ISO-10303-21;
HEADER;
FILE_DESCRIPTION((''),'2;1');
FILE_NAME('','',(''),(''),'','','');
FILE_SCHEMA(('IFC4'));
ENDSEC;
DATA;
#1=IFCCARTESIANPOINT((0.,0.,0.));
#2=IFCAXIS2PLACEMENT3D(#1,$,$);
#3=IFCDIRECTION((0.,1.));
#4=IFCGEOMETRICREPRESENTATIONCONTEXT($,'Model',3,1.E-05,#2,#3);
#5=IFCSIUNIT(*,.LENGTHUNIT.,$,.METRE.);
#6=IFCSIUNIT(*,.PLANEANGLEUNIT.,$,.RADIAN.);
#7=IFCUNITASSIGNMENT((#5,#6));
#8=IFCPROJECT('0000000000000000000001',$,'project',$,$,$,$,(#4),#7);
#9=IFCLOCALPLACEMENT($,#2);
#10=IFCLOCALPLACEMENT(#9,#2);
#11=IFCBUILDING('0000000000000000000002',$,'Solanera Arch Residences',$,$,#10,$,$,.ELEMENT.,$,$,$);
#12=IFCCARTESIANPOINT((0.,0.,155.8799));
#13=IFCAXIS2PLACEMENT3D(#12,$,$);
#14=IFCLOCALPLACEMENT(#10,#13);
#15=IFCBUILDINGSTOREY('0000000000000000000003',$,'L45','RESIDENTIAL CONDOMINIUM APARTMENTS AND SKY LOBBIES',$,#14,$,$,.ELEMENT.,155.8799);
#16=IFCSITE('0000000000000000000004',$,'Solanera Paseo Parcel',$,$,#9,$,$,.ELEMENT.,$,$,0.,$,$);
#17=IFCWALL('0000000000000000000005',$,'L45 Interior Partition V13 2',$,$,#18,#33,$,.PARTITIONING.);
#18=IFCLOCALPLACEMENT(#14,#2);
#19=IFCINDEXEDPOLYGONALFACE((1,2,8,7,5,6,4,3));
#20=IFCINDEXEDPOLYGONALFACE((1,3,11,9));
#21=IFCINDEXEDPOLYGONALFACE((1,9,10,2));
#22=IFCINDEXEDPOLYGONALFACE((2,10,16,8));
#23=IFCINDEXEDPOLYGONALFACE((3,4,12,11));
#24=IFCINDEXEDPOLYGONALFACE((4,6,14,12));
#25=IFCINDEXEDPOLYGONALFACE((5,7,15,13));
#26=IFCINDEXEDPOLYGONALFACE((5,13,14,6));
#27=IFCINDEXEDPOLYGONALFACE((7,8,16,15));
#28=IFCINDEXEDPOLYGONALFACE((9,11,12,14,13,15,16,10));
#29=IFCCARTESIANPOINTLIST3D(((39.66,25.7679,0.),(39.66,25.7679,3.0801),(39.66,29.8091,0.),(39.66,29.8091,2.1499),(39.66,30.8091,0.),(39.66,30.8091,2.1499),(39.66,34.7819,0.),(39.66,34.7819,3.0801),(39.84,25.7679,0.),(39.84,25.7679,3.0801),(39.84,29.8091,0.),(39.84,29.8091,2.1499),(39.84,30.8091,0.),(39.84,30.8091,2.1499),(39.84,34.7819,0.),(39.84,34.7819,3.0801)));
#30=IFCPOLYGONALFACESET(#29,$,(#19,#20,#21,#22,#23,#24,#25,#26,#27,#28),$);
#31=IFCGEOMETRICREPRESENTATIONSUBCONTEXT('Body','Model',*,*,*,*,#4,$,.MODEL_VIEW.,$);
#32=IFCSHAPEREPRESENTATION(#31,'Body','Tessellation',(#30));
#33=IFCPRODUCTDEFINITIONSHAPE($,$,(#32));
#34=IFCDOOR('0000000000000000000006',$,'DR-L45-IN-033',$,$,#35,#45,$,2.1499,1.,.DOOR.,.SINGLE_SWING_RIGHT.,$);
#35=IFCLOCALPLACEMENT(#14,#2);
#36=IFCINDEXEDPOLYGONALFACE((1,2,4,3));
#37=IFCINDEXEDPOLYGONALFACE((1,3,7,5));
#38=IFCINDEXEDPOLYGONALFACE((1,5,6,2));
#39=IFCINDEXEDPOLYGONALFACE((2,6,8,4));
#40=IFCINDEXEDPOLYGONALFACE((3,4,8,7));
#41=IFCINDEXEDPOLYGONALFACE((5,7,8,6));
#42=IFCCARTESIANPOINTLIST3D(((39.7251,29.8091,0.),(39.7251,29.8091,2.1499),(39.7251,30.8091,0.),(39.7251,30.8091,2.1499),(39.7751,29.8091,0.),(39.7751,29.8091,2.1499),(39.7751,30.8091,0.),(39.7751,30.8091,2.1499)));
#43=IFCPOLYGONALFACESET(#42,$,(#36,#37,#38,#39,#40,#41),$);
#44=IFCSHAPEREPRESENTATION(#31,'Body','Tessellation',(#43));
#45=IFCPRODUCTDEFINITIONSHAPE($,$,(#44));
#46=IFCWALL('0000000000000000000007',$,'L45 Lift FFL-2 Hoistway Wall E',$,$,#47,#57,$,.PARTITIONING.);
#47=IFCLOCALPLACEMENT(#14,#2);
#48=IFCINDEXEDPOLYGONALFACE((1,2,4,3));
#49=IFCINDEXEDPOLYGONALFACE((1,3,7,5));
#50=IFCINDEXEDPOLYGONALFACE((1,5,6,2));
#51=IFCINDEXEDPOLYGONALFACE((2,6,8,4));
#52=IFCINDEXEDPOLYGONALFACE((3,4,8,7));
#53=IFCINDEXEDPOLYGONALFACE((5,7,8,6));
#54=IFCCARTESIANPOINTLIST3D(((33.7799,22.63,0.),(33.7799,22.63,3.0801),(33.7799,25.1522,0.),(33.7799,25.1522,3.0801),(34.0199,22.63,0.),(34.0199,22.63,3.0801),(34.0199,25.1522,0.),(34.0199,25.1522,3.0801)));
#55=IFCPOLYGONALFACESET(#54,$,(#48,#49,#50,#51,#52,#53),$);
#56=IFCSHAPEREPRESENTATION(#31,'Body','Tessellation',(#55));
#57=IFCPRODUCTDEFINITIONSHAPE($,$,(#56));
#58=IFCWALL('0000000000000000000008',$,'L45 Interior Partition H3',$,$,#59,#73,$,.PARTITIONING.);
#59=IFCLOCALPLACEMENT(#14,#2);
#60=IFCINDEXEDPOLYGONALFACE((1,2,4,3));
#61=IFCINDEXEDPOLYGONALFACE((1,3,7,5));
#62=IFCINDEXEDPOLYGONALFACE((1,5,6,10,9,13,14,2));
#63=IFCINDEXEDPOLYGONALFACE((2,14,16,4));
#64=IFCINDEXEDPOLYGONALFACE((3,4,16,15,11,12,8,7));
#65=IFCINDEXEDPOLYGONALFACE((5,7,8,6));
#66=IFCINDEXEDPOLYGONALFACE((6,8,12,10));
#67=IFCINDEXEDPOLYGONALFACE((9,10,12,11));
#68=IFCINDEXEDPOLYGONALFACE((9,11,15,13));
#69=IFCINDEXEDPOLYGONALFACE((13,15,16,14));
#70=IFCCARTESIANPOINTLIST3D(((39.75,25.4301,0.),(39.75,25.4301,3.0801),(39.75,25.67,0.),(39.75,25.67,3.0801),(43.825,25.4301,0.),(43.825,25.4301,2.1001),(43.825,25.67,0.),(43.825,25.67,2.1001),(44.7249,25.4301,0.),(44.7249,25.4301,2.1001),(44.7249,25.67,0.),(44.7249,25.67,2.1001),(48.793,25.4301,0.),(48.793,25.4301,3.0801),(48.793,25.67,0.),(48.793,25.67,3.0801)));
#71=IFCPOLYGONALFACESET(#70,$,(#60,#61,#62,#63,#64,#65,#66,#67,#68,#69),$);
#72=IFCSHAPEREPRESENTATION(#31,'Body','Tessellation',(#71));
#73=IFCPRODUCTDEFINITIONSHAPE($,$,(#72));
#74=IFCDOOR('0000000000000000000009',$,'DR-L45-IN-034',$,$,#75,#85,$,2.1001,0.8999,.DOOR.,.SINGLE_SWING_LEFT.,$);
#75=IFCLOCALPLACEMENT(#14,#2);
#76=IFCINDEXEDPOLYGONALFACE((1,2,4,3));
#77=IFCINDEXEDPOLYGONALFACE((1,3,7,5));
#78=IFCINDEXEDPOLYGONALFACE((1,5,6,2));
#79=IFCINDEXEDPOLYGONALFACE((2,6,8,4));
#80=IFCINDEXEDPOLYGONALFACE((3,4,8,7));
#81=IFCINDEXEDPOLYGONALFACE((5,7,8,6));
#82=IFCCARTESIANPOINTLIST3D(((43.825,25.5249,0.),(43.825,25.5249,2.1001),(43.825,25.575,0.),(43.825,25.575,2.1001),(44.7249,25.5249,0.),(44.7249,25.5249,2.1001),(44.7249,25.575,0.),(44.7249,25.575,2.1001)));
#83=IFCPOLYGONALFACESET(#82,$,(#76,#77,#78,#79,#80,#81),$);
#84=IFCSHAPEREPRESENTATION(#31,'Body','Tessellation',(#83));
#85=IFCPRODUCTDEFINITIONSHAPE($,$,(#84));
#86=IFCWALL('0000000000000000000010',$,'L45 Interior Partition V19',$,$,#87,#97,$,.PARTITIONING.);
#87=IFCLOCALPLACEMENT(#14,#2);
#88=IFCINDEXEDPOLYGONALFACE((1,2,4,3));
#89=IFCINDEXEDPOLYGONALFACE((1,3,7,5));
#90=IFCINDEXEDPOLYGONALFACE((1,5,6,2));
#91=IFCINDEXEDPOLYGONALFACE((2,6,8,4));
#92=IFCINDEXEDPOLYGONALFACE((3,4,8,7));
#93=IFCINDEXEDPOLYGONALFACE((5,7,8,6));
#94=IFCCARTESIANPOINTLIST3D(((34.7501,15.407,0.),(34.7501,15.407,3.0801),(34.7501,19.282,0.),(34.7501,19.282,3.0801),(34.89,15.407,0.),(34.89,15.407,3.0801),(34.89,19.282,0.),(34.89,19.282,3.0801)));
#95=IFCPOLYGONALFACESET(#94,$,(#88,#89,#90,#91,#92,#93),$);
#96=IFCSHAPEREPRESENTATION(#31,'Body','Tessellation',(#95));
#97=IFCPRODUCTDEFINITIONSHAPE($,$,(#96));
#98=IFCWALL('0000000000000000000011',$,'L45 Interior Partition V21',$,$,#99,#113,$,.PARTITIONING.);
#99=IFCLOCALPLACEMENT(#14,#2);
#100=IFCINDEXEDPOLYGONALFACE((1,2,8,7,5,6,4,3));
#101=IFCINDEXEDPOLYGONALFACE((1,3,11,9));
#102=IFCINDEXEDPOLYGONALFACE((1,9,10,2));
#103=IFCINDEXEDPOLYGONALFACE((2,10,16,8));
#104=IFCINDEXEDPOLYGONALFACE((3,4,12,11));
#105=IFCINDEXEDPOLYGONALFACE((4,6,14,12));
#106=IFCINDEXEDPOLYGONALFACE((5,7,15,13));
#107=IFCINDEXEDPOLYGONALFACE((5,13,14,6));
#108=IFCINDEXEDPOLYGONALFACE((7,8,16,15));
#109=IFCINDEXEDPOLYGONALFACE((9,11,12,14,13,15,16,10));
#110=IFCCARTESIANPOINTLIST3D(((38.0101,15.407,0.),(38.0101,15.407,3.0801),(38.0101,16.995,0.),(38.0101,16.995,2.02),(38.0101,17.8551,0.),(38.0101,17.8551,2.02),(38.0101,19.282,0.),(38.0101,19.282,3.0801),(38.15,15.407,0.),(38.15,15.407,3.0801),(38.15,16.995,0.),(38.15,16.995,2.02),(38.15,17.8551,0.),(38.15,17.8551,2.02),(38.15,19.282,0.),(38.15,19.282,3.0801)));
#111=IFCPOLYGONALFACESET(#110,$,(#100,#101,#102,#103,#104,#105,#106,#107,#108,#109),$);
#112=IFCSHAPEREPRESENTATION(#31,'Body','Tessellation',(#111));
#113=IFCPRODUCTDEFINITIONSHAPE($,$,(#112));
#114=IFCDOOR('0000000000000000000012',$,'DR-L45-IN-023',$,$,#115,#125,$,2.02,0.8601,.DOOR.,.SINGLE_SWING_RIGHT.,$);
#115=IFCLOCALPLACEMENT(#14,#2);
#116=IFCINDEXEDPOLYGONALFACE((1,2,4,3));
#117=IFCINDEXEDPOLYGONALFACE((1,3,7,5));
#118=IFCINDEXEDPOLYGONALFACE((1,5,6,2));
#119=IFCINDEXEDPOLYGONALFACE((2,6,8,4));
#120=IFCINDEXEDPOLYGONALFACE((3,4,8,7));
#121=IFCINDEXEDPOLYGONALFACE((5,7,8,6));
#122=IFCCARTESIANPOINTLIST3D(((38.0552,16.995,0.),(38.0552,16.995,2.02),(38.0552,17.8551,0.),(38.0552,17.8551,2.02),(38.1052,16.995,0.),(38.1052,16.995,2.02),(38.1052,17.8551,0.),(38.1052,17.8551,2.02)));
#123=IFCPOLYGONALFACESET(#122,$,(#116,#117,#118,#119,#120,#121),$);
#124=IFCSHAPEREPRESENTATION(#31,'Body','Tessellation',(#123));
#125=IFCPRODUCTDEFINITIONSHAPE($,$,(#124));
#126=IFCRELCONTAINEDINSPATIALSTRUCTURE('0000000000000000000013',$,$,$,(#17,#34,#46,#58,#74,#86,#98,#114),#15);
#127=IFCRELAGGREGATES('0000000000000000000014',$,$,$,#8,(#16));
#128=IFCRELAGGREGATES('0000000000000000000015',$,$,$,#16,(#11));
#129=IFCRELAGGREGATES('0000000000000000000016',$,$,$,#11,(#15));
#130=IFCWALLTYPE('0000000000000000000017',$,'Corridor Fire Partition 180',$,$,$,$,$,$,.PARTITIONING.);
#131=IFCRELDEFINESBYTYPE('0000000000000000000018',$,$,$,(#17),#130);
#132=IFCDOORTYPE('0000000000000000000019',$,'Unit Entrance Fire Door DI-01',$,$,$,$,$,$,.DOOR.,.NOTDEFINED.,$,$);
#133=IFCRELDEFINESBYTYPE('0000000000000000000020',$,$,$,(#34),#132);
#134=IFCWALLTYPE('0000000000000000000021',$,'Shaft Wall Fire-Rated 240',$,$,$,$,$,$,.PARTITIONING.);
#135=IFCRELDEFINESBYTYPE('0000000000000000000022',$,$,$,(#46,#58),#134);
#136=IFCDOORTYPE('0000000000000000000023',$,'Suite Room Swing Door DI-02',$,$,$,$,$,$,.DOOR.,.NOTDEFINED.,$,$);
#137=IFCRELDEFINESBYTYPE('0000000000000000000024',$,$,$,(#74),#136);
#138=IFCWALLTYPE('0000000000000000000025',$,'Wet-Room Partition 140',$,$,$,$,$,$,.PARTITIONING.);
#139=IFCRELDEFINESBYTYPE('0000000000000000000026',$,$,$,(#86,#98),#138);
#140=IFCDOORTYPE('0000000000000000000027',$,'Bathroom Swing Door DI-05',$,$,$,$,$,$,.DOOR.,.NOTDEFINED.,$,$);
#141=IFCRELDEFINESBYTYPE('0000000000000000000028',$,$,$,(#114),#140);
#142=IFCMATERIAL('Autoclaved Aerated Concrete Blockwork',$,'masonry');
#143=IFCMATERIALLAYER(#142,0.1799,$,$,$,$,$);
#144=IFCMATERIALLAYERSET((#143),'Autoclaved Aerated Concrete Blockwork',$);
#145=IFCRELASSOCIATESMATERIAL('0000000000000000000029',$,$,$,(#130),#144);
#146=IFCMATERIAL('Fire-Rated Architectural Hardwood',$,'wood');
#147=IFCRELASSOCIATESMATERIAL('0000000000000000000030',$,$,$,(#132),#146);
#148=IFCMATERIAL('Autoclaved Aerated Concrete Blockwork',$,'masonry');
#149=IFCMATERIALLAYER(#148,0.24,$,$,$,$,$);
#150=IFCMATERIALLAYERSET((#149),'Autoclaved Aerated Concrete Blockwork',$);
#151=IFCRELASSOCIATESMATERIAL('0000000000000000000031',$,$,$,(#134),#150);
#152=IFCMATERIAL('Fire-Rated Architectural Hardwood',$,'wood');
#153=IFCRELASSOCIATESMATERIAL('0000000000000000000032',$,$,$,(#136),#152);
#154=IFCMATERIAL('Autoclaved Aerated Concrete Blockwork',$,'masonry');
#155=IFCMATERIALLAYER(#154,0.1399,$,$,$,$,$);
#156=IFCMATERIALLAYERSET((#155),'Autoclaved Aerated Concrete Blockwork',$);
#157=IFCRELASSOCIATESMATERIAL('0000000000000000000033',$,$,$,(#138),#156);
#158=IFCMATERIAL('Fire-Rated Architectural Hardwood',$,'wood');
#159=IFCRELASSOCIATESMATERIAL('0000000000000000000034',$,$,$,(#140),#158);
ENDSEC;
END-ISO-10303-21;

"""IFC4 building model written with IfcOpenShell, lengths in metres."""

from ifc_helpers import new_model, si_unit, direction, frame, frame_2d, origin, place, context, subcontext, project, spatial, rectangle, extrude, material, layer, layer_set, type_object, element, fill, save


model = new_model("IFC4")

# Units and contexts
model_context = context("Model", 3, precision=1e-05, world=origin(), true_north=direction((0.0, 1.0)))
body_context = subcontext(model_context, "Body", "Model", "MODEL_VIEW")
ifc_project = project(units=[si_unit("LENGTHUNIT", "METRE"), si_unit("PLANEANGLEUNIT", "RADIAN")], contexts=[model_context])

# Site, building, storey
site_placement = place(None, origin())
site = spatial("IfcSite", under=ifc_project, at=site_placement, Name="Solanera Paseo Parcel", CompositionType="ELEMENT", RefElevation=0.0)
building_placement = place(site_placement, origin())
building = spatial("IfcBuilding", under=site, at=building_placement, Name="Solanera Arch Residences", CompositionType="ELEMENT")
storey_placement = place(building_placement, frame((0.0, 0.0, 155.8799)))
storey = spatial("IfcBuildingStorey", under=building, at=storey_placement, Name="L45", Description="RESIDENTIAL CONDOMINIUM APARTMENTS AND SKY LOBBIES", CompositionType="ELEMENT", Elevation=155.8799)

# Shared definitions
ifc_material_1 = material(Name="Autoclaved Aerated Concrete Blockwork", Category="masonry")
ifc_layer_1 = layer(ifc_material_1, 0.1799)
ifc_layer_set_1 = layer_set([ifc_layer_1], Name="Autoclaved Aerated Concrete Blockwork")
wall_type_1 = type_object("IfcWallType", Name="Corridor Fire Partition 180", PredefinedType="PARTITIONING", material=ifc_layer_set_1)
ifc_material_2 = material(Name="Fire-Rated Architectural Hardwood", Category="wood")
door_type_1 = type_object("IfcDoorType", Name="Unit Entrance Fire Door DI-01", OperationType="NOTDEFINED", PredefinedType="DOOR", material=ifc_material_2)

# Wall, opening, door
wall_1_placement = place(storey_placement, frame((39.75, 25.7681, 0.0), z_axis=(0.0, 0.0, 1.0), x_axis=(0.0, 1.0, 0.0)))
wall_1 = element("IfcWall", 1, at=wall_1_placement, inside=storey, type_object=wall_type_1, Name="L45 Interior Partition V13 2", PredefinedType="PARTITIONING", context=body_context, shape_type="SweptSolid", body=[
    extrude(rectangle(XDim=9.0139, YDim=0.1799, at=frame_2d((4.5068, 0.0))), origin(), (0.0, 0.0, 1.0), 3.0801),
])
opening_1_placement = place(wall_1_placement, frame((4.041, 0.0, 0.0)))
opening_1 = element("IfcOpeningElement", 2, at=opening_1_placement, cuts=wall_1, PredefinedType="OPENING", context=body_context, shape_type="SweptSolid", body=[
    extrude(rectangle(XDim=1.0, YDim=2.1499, at=frame_2d((0.5, 1.075))), frame((0.0, 0.1001, 0.0), z_axis=(0.0, -1.0, 0.0), x_axis=(1.0, 0.0, 0.0)), (0.0, 0.0, 1.0), 0.1999),
])
door_1_placement = place(opening_1_placement, origin())
door_1 = element("IfcDoor", 3, at=door_1_placement, inside=storey, type_object=door_type_1, Name="DR-L45-IN-033", OperationType="SINGLE_SWING_RIGHT", OverallHeight=2.1499, OverallWidth=1.0, PredefinedType="DOOR", context=body_context, shape_type="SweptSolid", body=[
    extrude(rectangle(XDim=1.0, YDim=2.1499, at=frame_2d((0.5, 1.075))), frame((0.0, 0.0249, 0.0), z_axis=(0.0, -1.0, 0.0), x_axis=(1.0, 0.0, 0.0)), (0.0, 0.0, 1.0), 0.05),
])
fill(opening_1, door_1)

# Wall
ifc_material_3 = material(Name="Autoclaved Aerated Concrete Blockwork", Category="masonry")
ifc_layer_2 = layer(ifc_material_3, 0.24)
ifc_layer_set_2 = layer_set([ifc_layer_2], Name="Autoclaved Aerated Concrete Blockwork")
wall_type_2 = type_object("IfcWallType", Name="Shaft Wall Fire-Rated 240", PredefinedType="PARTITIONING", material=ifc_layer_set_2)
wall_2_placement = place(storey_placement, frame((33.8999, 22.6299, 0.0), z_axis=(0.0, 0.0, 1.0), x_axis=(0.0, 1.0, 0.0)))
element("IfcWall", 4, at=wall_2_placement, inside=storey, type_object=wall_type_2, Name="L45 Lift FFL-2 Hoistway Wall E", PredefinedType="PARTITIONING", context=body_context, shape_type="SweptSolid", body=[
    extrude(rectangle(XDim=2.5222, YDim=0.24, at=frame_2d((1.2612, 0.0))), origin(), (0.0, 0.0, 1.0), 3.0801),
])

# Wall, opening, door
wall_3_placement = place(storey_placement, frame((39.75, 25.55, 0.0), z_axis=(0.0, 0.0, 1.0), x_axis=(1.0, 0.0, 0.0)))
wall_3 = element("IfcWall", 5, at=wall_3_placement, inside=storey, type_object=wall_type_2, Name="L45 Interior Partition H3", PredefinedType="PARTITIONING", context=body_context, shape_type="SweptSolid", body=[
    extrude(rectangle(XDim=9.043, YDim=0.24, at=frame_2d((4.5215, 0.0))), origin(), (0.0, 0.0, 1.0), 3.0801),
])
opening_2_placement = place(wall_3_placement, frame((4.075, 0.0, 0.0)))
opening_2 = element("IfcOpeningElement", 6, at=opening_2_placement, cuts=wall_3, PredefinedType="OPENING", context=body_context, shape_type="SweptSolid", body=[
    extrude(rectangle(XDim=0.8999, YDim=2.1001, at=frame_2d((0.45, 1.05))), frame((0.0, 0.1299, 0.0), z_axis=(0.0, -1.0, 0.0), x_axis=(1.0, 0.0, 0.0)), (0.0, 0.0, 1.0), 0.26),
])
ifc_material_4 = material(Name="Fire-Rated Architectural Hardwood", Category="wood")
door_type_2 = type_object("IfcDoorType", Name="Suite Room Swing Door DI-02", OperationType="NOTDEFINED", PredefinedType="DOOR", material=ifc_material_4)
door_2_placement = place(opening_2_placement, origin())
door_2 = element("IfcDoor", 7, at=door_2_placement, inside=storey, type_object=door_type_2, Name="DR-L45-IN-034", OperationType="SINGLE_SWING_LEFT", OverallHeight=2.1001, OverallWidth=0.8999, PredefinedType="DOOR", context=body_context, shape_type="SweptSolid", body=[
    extrude(rectangle(XDim=0.8999, YDim=2.1001, at=frame_2d((0.45, 1.05))), frame((0.0, 0.0249, 0.0), z_axis=(0.0, -1.0, 0.0), x_axis=(1.0, 0.0, 0.0)), (0.0, 0.0, 1.0), 0.05),
])
fill(opening_2, door_2)

# Wall
ifc_material_5 = material(Name="Autoclaved Aerated Concrete Blockwork", Category="masonry")
ifc_layer_3 = layer(ifc_material_5, 0.1399)
ifc_layer_set_3 = layer_set([ifc_layer_3], Name="Autoclaved Aerated Concrete Blockwork")
wall_type_3 = type_object("IfcWallType", Name="Wet-Room Partition 140", PredefinedType="PARTITIONING", material=ifc_layer_set_3)
wall_4_placement = place(storey_placement, frame((34.8201, 15.407, 0.0), z_axis=(0.0, 0.0, 1.0), x_axis=(0.0, 1.0, 0.0)))
element("IfcWall", 8, at=wall_4_placement, inside=storey, type_object=wall_type_3, Name="L45 Interior Partition V19", PredefinedType="PARTITIONING", context=body_context, shape_type="SweptSolid", body=[
    extrude(rectangle(XDim=3.875, YDim=0.1399, at=frame_2d((1.9375, 0.0))), origin(), (0.0, 0.0, 1.0), 3.0801),
])

# Wall, opening, door
wall_5_placement = place(storey_placement, frame((38.0801, 15.407, 0.0), z_axis=(0.0, 0.0, 1.0), x_axis=(0.0, 1.0, 0.0)))
wall_5 = element("IfcWall", 9, at=wall_5_placement, inside=storey, type_object=wall_type_3, Name="L45 Interior Partition V21", PredefinedType="PARTITIONING", context=body_context, shape_type="SweptSolid", body=[
    extrude(rectangle(XDim=3.875, YDim=0.1399, at=frame_2d((1.9375, 0.0))), origin(), (0.0, 0.0, 1.0), 3.0801),
])
opening_3_placement = place(wall_5_placement, frame((1.5879, 0.0, 0.0)))
opening_3 = element("IfcOpeningElement", 10, at=opening_3_placement, cuts=wall_5, PredefinedType="OPENING", context=body_context, shape_type="SweptSolid", body=[
    extrude(rectangle(XDim=0.8601, YDim=2.02, at=frame_2d((0.4302, 1.01))), frame((0.0, 0.0798, 0.0), z_axis=(0.0, -1.0, 0.0), x_axis=(1.0, 0.0, 0.0)), (0.0, 0.0, 1.0), 0.1599),
])
ifc_material_6 = material(Name="Fire-Rated Architectural Hardwood", Category="wood")
door_type_3 = type_object("IfcDoorType", Name="Bathroom Swing Door DI-05", OperationType="NOTDEFINED", PredefinedType="DOOR", material=ifc_material_6)
door_3_placement = place(opening_3_placement, origin())
door_3 = element("IfcDoor", 11, at=door_3_placement, inside=storey, type_object=door_type_3, Name="DR-L45-IN-023", OperationType="SINGLE_SWING_RIGHT", OverallHeight=2.02, OverallWidth=0.8601, PredefinedType="DOOR", context=body_context, shape_type="SweptSolid", body=[
    extrude(rectangle(XDim=0.8601, YDim=2.02, at=frame_2d((0.4302, 1.01))), frame((0.0, 0.0249, 0.0), z_axis=(0.0, -1.0, 0.0), x_axis=(1.0, 0.0, 0.0)), (0.0, 0.0, 1.0), 0.05),
])
fill(opening_3, door_3)

save(model, "model.ifc")
